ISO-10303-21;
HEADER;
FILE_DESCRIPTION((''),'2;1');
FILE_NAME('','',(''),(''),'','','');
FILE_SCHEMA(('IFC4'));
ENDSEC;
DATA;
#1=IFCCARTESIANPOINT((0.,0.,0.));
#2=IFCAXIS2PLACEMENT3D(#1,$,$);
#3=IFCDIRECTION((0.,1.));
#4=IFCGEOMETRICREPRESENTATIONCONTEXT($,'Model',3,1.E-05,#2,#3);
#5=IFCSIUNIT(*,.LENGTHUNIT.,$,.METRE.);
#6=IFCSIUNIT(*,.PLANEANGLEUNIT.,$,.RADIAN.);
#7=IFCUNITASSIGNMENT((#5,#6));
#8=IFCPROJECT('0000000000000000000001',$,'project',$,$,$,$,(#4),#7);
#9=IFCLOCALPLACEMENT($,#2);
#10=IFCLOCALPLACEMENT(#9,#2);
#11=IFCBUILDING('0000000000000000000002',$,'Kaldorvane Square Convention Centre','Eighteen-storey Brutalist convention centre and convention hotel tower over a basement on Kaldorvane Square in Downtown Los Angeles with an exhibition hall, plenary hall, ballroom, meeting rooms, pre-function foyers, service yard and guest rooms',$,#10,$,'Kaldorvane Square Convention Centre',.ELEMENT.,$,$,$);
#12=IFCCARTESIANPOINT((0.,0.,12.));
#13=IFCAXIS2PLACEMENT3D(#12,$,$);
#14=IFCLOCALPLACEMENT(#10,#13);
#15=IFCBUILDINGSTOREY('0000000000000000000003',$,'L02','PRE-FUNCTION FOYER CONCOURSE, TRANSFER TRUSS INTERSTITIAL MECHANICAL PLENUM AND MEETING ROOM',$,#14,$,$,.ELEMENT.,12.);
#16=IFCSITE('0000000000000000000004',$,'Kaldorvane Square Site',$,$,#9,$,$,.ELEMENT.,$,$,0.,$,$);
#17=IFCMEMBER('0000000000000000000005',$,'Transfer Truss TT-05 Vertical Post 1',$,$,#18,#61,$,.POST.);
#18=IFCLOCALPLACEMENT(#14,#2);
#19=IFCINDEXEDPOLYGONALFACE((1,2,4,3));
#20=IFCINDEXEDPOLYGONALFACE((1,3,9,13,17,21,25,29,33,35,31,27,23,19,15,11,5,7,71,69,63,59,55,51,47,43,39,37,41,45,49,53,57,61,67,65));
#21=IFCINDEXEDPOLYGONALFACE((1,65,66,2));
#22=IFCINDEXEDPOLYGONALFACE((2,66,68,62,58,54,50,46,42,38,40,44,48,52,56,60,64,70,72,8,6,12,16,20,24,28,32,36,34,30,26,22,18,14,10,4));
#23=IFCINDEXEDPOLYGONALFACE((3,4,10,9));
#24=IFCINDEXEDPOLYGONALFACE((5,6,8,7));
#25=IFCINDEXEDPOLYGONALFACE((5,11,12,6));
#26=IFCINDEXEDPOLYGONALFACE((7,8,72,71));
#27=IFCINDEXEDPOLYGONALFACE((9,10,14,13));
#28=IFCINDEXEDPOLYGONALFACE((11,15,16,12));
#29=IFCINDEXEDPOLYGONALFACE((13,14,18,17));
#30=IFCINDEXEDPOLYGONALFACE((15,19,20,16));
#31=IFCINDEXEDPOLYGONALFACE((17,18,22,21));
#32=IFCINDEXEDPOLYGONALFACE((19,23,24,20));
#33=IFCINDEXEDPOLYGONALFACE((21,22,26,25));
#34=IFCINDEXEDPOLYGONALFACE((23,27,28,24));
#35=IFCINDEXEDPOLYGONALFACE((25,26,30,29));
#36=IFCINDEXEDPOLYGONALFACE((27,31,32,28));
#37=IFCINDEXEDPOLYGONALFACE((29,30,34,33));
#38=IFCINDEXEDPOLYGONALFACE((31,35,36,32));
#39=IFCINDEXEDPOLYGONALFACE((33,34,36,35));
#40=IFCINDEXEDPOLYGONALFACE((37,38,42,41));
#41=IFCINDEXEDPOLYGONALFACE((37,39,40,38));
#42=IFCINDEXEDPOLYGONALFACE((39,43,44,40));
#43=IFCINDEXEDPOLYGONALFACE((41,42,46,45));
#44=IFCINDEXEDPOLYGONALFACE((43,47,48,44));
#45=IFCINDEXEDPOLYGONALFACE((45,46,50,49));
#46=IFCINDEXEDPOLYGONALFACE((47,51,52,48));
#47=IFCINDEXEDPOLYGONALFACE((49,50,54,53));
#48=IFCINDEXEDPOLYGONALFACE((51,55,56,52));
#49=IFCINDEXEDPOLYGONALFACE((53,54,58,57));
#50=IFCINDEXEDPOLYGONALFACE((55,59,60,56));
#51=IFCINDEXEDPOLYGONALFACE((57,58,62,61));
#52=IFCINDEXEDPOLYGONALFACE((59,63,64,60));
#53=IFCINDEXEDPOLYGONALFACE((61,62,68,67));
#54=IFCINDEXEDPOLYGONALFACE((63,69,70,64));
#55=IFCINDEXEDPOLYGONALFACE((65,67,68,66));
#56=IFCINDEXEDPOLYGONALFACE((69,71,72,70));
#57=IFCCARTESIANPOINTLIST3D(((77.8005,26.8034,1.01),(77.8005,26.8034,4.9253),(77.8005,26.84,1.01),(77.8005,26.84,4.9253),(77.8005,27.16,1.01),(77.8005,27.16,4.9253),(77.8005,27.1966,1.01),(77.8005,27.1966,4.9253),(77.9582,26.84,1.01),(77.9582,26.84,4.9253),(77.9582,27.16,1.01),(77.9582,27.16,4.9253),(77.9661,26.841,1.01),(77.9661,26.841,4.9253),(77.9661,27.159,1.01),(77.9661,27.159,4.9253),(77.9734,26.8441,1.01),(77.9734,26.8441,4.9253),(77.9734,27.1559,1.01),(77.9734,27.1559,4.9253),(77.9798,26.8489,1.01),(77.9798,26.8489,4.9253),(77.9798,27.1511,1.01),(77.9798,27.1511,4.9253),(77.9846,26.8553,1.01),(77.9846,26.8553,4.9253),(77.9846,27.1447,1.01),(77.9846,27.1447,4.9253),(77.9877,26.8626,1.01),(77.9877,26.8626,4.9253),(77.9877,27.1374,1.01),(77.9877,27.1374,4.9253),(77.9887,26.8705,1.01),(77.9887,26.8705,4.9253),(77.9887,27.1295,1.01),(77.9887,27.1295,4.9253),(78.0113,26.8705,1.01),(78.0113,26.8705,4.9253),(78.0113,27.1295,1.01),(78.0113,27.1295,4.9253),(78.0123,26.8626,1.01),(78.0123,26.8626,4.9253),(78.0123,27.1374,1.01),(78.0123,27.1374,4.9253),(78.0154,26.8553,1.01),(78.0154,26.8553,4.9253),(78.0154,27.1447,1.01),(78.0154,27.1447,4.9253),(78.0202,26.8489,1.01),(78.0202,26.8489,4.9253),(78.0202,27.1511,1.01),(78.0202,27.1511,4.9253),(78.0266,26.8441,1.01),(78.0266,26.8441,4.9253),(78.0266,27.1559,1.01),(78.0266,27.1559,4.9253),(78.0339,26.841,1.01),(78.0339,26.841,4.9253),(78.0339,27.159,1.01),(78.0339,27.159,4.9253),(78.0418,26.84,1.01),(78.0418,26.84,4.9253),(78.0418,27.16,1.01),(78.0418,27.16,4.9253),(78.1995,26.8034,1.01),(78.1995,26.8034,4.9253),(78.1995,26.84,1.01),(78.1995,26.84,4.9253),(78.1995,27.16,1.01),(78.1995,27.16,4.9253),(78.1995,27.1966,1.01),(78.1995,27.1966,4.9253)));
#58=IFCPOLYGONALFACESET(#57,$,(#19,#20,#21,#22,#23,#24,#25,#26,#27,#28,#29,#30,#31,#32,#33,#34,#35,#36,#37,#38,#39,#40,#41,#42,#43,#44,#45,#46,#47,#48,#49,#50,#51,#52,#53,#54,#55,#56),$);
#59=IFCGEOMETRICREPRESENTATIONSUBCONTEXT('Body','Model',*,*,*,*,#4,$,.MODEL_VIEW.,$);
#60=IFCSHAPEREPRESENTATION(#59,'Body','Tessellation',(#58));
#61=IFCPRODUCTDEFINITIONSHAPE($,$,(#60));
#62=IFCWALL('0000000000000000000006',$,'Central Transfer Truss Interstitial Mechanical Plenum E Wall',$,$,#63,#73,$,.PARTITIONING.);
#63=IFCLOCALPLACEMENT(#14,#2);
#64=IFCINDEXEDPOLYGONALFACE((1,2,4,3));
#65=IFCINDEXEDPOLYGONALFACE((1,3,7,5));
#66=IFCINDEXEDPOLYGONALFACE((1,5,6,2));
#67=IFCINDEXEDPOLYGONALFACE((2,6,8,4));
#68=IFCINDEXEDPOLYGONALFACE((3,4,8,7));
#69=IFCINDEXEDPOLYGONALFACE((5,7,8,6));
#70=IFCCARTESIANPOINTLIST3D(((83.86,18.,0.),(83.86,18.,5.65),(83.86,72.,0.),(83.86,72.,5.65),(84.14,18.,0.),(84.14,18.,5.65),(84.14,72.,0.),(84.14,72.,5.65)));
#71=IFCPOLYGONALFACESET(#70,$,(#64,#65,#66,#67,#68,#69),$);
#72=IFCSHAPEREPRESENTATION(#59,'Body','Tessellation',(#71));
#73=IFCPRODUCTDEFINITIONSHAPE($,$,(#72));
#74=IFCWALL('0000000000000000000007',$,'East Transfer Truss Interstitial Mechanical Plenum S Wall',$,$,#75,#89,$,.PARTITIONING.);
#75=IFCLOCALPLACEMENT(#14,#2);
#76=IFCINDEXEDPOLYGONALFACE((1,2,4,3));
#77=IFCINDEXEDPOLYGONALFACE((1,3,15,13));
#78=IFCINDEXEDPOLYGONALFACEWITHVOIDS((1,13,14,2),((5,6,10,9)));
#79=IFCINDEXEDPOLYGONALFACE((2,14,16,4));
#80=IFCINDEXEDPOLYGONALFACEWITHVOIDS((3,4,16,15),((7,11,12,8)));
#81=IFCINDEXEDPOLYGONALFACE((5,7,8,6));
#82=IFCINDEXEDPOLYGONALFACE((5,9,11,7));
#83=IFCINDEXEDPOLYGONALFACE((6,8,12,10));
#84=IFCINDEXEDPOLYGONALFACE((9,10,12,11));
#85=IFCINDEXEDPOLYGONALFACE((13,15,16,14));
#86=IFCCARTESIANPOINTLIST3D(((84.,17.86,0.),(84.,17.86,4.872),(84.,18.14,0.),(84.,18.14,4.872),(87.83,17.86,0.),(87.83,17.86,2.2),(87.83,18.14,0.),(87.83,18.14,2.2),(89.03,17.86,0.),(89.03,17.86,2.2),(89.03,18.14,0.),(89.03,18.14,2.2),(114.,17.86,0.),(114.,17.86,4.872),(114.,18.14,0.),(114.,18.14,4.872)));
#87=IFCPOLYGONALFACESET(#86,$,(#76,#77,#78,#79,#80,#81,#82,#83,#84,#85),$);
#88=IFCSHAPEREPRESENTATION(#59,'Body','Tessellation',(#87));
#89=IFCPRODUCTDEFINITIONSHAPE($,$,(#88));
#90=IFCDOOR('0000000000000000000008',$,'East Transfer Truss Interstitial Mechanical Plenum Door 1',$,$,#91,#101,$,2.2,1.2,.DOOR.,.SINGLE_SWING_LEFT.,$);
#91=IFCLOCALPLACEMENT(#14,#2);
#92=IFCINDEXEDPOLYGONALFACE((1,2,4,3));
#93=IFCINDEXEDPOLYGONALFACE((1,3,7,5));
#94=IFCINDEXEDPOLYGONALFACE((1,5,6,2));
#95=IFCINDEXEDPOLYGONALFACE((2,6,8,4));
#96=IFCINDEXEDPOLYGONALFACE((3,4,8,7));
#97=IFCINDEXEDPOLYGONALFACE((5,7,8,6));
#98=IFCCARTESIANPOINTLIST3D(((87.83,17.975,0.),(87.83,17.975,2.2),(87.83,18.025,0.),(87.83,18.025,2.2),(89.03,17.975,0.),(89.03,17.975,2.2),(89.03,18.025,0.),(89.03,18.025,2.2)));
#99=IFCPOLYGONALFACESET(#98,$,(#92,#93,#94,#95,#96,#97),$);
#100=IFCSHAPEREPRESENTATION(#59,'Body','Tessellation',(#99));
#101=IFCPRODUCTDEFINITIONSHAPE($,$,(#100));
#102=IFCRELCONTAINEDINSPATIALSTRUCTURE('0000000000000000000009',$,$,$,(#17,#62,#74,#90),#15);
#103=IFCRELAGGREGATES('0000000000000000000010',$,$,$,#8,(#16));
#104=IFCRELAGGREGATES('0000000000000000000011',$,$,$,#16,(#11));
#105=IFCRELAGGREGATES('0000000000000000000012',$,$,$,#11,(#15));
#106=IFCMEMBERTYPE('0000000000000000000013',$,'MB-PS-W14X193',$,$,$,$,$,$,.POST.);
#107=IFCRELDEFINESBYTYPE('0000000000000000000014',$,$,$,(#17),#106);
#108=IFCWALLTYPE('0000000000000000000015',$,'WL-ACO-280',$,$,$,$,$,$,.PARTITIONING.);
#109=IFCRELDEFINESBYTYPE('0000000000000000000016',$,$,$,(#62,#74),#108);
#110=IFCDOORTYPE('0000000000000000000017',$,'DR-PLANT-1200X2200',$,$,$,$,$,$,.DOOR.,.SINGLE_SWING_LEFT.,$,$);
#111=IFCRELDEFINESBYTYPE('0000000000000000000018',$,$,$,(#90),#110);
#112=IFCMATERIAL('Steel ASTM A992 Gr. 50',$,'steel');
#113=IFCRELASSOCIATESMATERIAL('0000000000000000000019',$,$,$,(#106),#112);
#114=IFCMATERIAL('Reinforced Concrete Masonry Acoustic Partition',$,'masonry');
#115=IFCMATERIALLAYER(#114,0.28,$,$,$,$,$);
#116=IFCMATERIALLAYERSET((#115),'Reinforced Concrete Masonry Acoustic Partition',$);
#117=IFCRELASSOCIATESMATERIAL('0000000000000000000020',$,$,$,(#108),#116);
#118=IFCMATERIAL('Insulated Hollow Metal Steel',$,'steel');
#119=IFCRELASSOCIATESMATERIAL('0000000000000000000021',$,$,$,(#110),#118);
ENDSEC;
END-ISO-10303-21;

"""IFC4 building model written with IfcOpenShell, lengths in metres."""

from ifc_helpers import new_model, si_unit, direction, frame, frame_2d, origin, origin_2d, place, context, subcontext, project, spatial, rectangle, i_section, extrude, material, layer, layer_set, material_profile, profile_set, type_object, element, fill, save


model = new_model("IFC4")

# Units and contexts
model_context = context("Model", 3, precision=1e-05, world=origin(), true_north=direction((0.0, 1.0)))
body_context = subcontext(model_context, "Body", "Model", "MODEL_VIEW")
ifc_project = project(units=[si_unit("LENGTHUNIT", "METRE"), si_unit("PLANEANGLEUNIT", "RADIAN")], contexts=[model_context])

# Site, building, storey
site_placement = place(None, origin())
site = spatial("IfcSite", under=ifc_project, at=site_placement, Name="Kaldorvane Square Site", CompositionType="ELEMENT", RefElevation=0.0)
building_placement = place(site_placement, origin())
building = spatial("IfcBuilding", under=site, at=building_placement, Name="Kaldorvane Square Convention Centre", Description="Eighteen-storey Brutalist convention centre and convention hotel tower over a basement on Kaldorvane Square in Downtown Los Angeles with an exhibition hall, plenary hall, ballroom, meeting rooms, pre-function foyers, service yard and guest rooms", LongName="Kaldorvane Square Convention Centre", CompositionType="ELEMENT")
storey_placement = place(building_placement, frame((0.0, 0.0, 12.0)))
storey = spatial("IfcBuildingStorey", under=building, at=storey_placement, Name="L02", Description="PRE-FUNCTION FOYER CONCOURSE, TRANSFER TRUSS INTERSTITIAL MECHANICAL PLENUM AND MEETING ROOM", CompositionType="ELEMENT", Elevation=12.0)

# Shared definitions
ifc_material_1 = material(Name="Steel ASTM A992 Gr. 50", Category="steel")

# Member
ifc_material_profile_1 = material_profile(ifc_material_1, i_section(OverallWidth=0.399, OverallDepth=0.3932, WebThickness=0.0226, FlangeThickness=0.0366, FilletRadius=0.0305, at=origin_2d()), Name="W14X193")
ifc_profile_set_1 = profile_set([ifc_material_profile_1], Name="Steel ASTM A992 Gr. 50")
member_type_1 = type_object("IfcMemberType", Name="MB-PS-W14X193", PredefinedType="POST", material=ifc_profile_set_1)
member_1_placement = place(storey_placement, frame((78.0, 27.0, 1.01), z_axis=(0.0, 0.0, 1.0), x_axis=(1.0, 0.0, 0.0)))
element("IfcMember", 1, at=member_1_placement, inside=storey, type_object=member_type_1, Name="Transfer Truss TT-05 Vertical Post 1", PredefinedType="POST", context=body_context, shape_type="SweptSolid", body=[
    extrude(i_section(OverallWidth=0.399, OverallDepth=0.3932, WebThickness=0.0226, FlangeThickness=0.0366, FilletRadius=0.0305, at=origin_2d()), origin(), (0.0, 0.0, 1.0), 3.9153),
])

# Wall
ifc_material_2 = material(Name="Reinforced Concrete Masonry Acoustic Partition", Category="masonry")
ifc_layer = layer(ifc_material_2, 0.28)
ifc_layer_set = layer_set([ifc_layer], Name="Reinforced Concrete Masonry Acoustic Partition")
wall_type = type_object("IfcWallType", Name="WL-ACO-280", PredefinedType="PARTITIONING", material=ifc_layer_set)
wall_1_placement = place(storey_placement, frame((84.0, 18.0, 0.0), z_axis=(0.0, 0.0, 1.0), x_axis=(0.0, 1.0, 0.0)))
element("IfcWall", 2, at=wall_1_placement, inside=storey, type_object=wall_type, Name="Central Transfer Truss Interstitial Mechanical Plenum E Wall", PredefinedType="PARTITIONING", context=body_context, shape_type="SweptSolid", body=[
    extrude(rectangle(XDim=54.0, YDim=0.28, at=frame_2d((27.0, 0.0))), origin(), (0.0, 0.0, 1.0), 5.65),
])

# Wall, opening, door
wall_2_placement = place(storey_placement, frame((84.0, 18.0, 0.0), z_axis=(0.0, 0.0, 1.0), x_axis=(1.0, 0.0, 0.0)))
wall_2 = element("IfcWall", 3, at=wall_2_placement, inside=storey, type_object=wall_type, Name="East Transfer Truss Interstitial Mechanical Plenum S Wall", PredefinedType="PARTITIONING", context=body_context, shape_type="SweptSolid", body=[
    extrude(rectangle(XDim=30.0, YDim=0.28, at=frame_2d((15.0, 0.0))), origin(), (0.0, 0.0, 1.0), 4.872),
])
opening_placement = place(wall_2_placement, frame((3.83, 0.0, 0.0)))
opening = element("IfcOpeningElement", 4, at=opening_placement, cuts=wall_2, PredefinedType="OPENING", context=body_context, shape_type="SweptSolid", body=[
    extrude(rectangle(XDim=1.2, YDim=2.2, at=frame_2d((0.6, 1.1))), frame((0.0, 0.155, 0.0), z_axis=(0.0, -1.0, 0.0), x_axis=(1.0, 0.0, 0.0)), (0.0, 0.0, 1.0), 0.31),
])
ifc_material_3 = material(Name="Insulated Hollow Metal Steel", Category="steel")
door_type = type_object("IfcDoorType", Name="DR-PLANT-1200X2200", OperationType="SINGLE_SWING_LEFT", PredefinedType="DOOR", material=ifc_material_3)
door_placement = place(opening_placement, origin())
door = element("IfcDoor", 5, at=door_placement, inside=storey, type_object=door_type, Name="East Transfer Truss Interstitial Mechanical Plenum Door 1", OperationType="SINGLE_SWING_LEFT", OverallHeight=2.2, OverallWidth=1.2, PredefinedType="DOOR", context=body_context, shape_type="SweptSolid", body=[
    extrude(rectangle(XDim=1.2, YDim=2.2, at=frame_2d((0.6, 1.1))), frame((0.0, 0.025, 0.0), z_axis=(0.0, -1.0, 0.0), x_axis=(1.0, 0.0, 0.0)), (0.0, 0.0, 1.0), 0.05),
])
fill(opening, door)

save(model, "model.ifc")
